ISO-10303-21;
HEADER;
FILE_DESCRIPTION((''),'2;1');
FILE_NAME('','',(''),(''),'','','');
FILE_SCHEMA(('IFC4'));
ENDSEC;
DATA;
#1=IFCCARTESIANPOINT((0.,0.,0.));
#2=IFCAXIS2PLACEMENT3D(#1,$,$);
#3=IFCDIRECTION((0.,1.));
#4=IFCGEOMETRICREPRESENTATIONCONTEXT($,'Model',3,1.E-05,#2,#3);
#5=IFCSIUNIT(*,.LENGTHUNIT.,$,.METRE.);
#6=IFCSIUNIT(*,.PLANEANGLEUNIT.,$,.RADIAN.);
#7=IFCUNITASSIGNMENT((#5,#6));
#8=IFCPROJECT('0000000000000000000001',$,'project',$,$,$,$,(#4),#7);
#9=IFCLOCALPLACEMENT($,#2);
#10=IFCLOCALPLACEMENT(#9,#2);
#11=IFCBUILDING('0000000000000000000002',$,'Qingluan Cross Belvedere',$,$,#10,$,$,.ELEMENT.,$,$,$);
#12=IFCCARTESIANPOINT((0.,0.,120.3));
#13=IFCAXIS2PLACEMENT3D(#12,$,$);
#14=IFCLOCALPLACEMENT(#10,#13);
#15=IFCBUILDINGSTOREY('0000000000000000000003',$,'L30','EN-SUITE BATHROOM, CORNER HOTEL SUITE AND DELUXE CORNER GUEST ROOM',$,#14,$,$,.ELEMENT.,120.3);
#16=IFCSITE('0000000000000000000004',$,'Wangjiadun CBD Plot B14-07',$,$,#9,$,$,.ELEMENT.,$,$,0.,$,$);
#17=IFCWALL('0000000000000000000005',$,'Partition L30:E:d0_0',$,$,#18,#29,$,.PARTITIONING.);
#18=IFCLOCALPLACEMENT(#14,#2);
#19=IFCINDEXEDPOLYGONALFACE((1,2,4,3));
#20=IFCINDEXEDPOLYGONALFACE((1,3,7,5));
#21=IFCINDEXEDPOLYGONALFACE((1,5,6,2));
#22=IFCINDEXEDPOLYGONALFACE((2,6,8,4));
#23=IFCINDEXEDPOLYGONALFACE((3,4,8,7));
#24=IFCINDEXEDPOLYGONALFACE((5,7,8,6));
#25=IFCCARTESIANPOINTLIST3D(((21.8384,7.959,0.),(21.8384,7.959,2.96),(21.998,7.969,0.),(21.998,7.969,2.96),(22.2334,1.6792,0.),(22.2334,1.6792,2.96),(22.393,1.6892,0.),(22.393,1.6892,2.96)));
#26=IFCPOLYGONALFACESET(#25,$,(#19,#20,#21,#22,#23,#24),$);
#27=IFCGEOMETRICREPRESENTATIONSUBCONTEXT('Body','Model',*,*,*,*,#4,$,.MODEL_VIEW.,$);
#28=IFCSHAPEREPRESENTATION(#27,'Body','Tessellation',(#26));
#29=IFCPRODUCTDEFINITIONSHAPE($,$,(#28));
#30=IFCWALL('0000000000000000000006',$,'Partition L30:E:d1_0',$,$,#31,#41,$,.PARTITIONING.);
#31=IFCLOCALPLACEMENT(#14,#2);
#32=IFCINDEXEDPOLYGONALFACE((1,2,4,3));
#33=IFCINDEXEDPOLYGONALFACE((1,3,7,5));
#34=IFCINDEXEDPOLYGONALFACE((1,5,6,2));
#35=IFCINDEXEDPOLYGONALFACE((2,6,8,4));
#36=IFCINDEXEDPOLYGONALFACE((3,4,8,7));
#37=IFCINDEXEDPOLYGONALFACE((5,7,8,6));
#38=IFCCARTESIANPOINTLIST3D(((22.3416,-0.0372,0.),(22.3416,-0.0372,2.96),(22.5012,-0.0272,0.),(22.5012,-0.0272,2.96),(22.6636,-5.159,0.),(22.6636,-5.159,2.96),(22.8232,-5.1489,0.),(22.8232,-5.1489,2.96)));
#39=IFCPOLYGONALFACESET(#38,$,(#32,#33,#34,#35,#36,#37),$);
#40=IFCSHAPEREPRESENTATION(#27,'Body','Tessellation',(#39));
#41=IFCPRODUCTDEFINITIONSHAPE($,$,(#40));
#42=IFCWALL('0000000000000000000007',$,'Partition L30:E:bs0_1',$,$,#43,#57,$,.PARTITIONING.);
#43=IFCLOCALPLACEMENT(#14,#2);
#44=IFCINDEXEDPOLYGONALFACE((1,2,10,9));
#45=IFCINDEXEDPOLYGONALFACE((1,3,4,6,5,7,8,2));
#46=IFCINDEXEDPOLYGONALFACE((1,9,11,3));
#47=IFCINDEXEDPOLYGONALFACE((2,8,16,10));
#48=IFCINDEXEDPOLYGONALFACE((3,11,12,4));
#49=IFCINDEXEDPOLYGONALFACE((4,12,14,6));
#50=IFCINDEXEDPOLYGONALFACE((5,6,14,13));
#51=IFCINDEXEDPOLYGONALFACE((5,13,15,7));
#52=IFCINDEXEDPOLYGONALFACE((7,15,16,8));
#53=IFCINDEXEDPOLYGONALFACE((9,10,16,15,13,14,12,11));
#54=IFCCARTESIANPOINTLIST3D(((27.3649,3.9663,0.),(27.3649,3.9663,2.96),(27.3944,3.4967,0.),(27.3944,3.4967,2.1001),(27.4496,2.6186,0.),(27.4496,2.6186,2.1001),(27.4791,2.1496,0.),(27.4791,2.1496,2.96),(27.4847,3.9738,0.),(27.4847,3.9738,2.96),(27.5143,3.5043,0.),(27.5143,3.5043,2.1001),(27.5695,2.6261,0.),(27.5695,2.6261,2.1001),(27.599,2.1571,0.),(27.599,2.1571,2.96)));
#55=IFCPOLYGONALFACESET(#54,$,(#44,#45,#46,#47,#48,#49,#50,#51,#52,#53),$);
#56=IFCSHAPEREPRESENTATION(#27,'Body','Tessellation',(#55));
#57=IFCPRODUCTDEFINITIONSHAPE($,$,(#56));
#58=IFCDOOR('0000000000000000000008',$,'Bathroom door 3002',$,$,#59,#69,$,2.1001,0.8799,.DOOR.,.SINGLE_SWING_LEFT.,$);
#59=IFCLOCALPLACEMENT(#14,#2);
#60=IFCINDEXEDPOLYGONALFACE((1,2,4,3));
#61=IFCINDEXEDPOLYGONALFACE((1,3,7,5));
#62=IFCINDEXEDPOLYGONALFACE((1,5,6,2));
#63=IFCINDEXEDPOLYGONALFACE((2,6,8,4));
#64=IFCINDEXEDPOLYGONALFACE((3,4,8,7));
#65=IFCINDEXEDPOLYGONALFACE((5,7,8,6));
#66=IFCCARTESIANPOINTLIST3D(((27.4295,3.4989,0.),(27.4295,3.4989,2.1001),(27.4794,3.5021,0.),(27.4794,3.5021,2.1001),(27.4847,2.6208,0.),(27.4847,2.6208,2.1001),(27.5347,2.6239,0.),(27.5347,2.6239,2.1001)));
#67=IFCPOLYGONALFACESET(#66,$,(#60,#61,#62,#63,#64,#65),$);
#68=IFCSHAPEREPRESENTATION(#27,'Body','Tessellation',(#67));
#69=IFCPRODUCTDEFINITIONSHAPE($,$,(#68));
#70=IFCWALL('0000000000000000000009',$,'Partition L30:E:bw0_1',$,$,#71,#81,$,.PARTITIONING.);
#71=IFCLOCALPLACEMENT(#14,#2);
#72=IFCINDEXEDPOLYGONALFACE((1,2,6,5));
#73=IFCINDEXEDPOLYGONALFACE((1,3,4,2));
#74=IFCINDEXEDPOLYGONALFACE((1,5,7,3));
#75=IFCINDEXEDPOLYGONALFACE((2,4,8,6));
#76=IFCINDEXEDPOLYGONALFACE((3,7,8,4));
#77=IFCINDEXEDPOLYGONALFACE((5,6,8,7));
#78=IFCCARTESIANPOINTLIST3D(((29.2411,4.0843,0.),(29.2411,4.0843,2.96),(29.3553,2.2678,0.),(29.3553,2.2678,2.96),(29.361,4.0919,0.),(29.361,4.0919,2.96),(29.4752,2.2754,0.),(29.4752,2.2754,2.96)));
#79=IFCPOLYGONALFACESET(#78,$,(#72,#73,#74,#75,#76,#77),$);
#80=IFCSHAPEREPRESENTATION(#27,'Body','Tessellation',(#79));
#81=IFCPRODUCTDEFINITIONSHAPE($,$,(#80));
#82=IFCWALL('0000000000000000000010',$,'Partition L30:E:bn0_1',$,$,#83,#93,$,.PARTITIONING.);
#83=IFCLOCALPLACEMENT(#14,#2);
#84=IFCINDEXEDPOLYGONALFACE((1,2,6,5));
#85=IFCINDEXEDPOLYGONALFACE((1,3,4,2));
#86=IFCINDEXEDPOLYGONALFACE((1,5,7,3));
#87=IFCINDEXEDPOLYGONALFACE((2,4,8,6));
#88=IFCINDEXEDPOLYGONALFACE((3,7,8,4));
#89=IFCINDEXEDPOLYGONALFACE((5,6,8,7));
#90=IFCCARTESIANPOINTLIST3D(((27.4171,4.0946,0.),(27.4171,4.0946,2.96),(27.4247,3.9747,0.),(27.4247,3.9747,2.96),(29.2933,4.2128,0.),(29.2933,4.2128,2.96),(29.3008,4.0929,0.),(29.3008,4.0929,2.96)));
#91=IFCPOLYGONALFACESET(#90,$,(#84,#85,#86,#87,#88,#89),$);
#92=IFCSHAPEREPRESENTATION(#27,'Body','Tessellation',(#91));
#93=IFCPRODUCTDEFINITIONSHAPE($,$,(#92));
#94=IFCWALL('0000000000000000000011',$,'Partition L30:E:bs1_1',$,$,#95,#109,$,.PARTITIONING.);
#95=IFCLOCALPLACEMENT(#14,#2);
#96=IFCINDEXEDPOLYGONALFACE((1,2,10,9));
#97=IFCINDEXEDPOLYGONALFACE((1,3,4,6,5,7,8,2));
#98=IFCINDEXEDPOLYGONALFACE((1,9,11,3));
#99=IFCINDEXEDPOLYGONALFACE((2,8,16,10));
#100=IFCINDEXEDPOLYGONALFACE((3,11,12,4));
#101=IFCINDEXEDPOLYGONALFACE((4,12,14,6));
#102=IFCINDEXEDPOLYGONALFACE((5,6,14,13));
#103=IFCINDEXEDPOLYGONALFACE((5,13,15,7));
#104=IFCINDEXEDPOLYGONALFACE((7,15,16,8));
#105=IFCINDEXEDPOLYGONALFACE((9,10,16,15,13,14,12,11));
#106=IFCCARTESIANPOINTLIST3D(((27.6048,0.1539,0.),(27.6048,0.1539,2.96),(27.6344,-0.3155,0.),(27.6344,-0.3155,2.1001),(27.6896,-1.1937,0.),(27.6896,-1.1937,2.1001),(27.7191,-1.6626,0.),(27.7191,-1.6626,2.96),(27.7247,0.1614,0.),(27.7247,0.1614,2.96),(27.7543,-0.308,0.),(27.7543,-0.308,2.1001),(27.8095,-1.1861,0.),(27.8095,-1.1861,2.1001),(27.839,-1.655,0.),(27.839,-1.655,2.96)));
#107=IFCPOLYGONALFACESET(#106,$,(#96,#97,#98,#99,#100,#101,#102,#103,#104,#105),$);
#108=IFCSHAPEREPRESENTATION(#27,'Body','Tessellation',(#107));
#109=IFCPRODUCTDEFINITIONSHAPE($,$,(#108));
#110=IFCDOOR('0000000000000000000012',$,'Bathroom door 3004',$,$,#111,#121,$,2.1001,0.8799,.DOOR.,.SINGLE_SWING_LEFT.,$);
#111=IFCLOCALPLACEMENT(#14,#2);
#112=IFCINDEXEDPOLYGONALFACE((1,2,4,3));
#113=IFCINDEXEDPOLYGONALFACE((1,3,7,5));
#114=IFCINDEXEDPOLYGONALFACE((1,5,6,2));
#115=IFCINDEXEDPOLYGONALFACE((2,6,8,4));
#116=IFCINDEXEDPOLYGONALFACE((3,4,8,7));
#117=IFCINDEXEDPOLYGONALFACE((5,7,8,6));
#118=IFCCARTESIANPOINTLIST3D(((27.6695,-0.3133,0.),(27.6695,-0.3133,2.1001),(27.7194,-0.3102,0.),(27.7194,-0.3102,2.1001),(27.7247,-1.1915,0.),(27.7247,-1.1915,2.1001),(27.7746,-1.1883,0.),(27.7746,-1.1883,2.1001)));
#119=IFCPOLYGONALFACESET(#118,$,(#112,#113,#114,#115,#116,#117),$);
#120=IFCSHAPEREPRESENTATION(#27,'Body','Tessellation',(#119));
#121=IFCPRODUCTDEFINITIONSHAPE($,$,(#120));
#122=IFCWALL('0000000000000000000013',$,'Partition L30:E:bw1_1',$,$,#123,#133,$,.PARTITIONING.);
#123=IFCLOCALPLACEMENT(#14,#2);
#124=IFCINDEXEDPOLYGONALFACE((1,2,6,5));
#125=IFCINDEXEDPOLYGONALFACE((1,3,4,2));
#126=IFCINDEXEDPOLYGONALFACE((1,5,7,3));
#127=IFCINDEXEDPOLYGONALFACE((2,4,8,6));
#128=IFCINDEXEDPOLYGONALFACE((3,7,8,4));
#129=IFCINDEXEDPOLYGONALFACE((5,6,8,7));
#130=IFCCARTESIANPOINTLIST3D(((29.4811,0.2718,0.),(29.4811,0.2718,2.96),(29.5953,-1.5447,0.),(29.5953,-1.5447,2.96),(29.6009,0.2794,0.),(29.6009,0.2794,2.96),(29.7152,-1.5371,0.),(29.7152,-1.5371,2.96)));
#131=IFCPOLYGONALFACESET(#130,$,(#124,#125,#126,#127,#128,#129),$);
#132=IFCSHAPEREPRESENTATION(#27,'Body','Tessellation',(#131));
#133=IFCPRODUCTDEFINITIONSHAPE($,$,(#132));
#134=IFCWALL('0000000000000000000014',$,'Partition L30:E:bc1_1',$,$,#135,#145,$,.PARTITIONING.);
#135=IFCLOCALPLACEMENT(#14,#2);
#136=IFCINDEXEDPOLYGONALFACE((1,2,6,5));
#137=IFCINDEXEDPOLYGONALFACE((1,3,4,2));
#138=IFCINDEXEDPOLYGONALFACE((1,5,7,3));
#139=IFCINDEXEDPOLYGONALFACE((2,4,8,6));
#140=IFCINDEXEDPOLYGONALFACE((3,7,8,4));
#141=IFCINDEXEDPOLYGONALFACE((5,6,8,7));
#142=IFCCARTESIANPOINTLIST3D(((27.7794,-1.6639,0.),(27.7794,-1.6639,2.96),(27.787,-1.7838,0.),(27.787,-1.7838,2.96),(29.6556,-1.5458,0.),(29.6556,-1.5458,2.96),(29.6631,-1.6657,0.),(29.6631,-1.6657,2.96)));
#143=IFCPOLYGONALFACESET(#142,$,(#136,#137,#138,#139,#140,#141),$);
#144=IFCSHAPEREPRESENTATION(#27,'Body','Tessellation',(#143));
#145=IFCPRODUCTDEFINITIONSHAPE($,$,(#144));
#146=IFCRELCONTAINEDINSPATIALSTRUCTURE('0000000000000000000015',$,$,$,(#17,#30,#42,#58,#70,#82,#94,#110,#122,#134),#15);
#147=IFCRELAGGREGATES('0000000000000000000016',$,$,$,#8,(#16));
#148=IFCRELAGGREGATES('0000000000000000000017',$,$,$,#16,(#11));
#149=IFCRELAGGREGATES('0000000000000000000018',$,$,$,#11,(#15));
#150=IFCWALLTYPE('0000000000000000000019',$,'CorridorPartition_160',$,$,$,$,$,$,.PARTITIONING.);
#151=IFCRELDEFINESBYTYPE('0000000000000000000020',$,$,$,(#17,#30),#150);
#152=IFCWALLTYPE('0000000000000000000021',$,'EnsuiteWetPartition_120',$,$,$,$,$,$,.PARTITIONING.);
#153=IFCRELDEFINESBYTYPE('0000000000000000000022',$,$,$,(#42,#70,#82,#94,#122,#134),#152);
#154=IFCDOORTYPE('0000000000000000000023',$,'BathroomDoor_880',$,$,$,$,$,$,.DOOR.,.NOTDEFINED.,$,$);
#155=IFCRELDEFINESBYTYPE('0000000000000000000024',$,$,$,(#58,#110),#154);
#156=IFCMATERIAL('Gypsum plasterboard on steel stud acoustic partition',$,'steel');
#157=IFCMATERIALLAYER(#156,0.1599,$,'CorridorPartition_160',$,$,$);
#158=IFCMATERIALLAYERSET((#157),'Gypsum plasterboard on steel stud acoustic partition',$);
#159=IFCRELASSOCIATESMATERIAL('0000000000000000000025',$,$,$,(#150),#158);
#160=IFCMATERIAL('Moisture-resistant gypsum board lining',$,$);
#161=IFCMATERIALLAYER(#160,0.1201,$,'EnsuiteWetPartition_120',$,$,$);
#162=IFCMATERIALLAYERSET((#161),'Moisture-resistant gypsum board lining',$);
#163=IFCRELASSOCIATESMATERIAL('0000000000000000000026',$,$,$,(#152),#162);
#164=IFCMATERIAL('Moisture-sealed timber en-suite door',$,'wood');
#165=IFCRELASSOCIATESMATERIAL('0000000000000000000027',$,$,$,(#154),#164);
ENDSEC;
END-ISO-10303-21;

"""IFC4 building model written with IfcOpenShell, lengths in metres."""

from ifc_helpers import new_model, si_unit, direction, frame, frame_2d, origin, place, context, subcontext, project, spatial, rectangle, extrude, material, layer, layer_set, type_object, element, fill, save


model = new_model("IFC4")

# Units and contexts
model_context = context("Model", 3, precision=1e-05, world=origin(), true_north=direction((0.0, 1.0)))
body_context = subcontext(model_context, "Body", "Model", "MODEL_VIEW")
ifc_project = project(units=[si_unit("LENGTHUNIT", "METRE"), si_unit("PLANEANGLEUNIT", "RADIAN")], contexts=[model_context])

# Site, building, storey
site_placement = place(None, origin())
site = spatial("IfcSite", under=ifc_project, at=site_placement, Name="Wangjiadun CBD Plot B14-07", CompositionType="ELEMENT", RefElevation=0.0)
building_placement = place(site_placement, origin())
building = spatial("IfcBuilding", under=site, at=building_placement, Name="Qingluan Cross Belvedere", CompositionType="ELEMENT")
storey_placement = place(building_placement, frame((0.0, 0.0, 120.3)))
storey = spatial("IfcBuildingStorey", under=building, at=storey_placement, Name="L30", Description="EN-SUITE BATHROOM, CORNER HOTEL SUITE AND DELUXE CORNER GUEST ROOM", CompositionType="ELEMENT", Elevation=120.3)

# Walls
ifc_material_1 = material(Name="Gypsum plasterboard on steel stud acoustic partition", Category="steel")
ifc_layer_1 = layer(ifc_material_1, 0.1599, Name="CorridorPartition_160")
ifc_layer_set_1 = layer_set([ifc_layer_1], Name="Gypsum plasterboard on steel stud acoustic partition")
wall_type_1 = type_object("IfcWallType", Name="CorridorPartition_160", PredefinedType="PARTITIONING", material=ifc_layer_set_1)
wall_1_placement = place(storey_placement, frame((22.3132, 1.6843, 0.0), z_axis=(0.0, 0.0, 1.0), x_axis=(-0.062779, 0.998027, 0.0)))
element("IfcWall", 1, at=wall_1_placement, inside=storey, type_object=wall_type_1, Name="Partition L30:E:d0_0", PredefinedType="PARTITIONING", context=body_context, shape_type="SweptSolid", body=[
    extrude(rectangle(XDim=6.2922, YDim=0.1599, at=frame_2d((3.146, 0.0))), origin(), (0.0, 0.0, 1.0), 2.96),
])
wall_2_placement = place(storey_placement, frame((22.4214, -0.0322, 0.0), z_axis=(0.0, 0.0, 1.0), x_axis=(0.062748, -0.998029, 0.0)))
element("IfcWall", 2, at=wall_2_placement, inside=storey, type_object=wall_type_1, Name="Partition L30:E:d1_0", PredefinedType="PARTITIONING", context=body_context, shape_type="SweptSolid", body=[
    extrude(rectangle(XDim=5.1318, YDim=0.1599, at=frame_2d((2.5659, 0.0))), origin(), (0.0, 0.0, 1.0), 2.96),
])

# Wall, opening, door
ifc_material_2 = material(Name="Moisture-resistant gypsum board lining")
ifc_layer_2 = layer(ifc_material_2, 0.1201, Name="EnsuiteWetPartition_120")
ifc_layer_set_2 = layer_set([ifc_layer_2], Name="Moisture-resistant gypsum board lining")
wall_type_2 = type_object("IfcWallType", Name="EnsuiteWetPartition_120", PredefinedType="PARTITIONING", material=ifc_layer_set_2)
wall_3_placement = place(storey_placement, frame((27.5391, 2.1533, 0.0), z_axis=(0.0, 0.0, 1.0), x_axis=(-0.062771, 0.998028, 0.0)))
wall_3 = element("IfcWall", 3, at=wall_3_placement, inside=storey, type_object=wall_type_2, Name="Partition L30:E:bs0_1", PredefinedType="PARTITIONING", context=body_context, shape_type="SweptSolid", body=[
    extrude(rectangle(XDim=1.8203, YDim=0.1201, at=frame_2d((0.9102, 0.0))), origin(), (0.0, 0.0, 1.0), 2.96),
])
opening_1_placement = place(wall_3_placement, frame((0.47, 0.0, 0.0)))
opening_1 = element("IfcOpeningElement", 4, at=opening_1_placement, cuts=wall_3, PredefinedType="OPENING", context=body_context, shape_type="SweptSolid", body=[
    extrude(rectangle(XDim=0.8799, YDim=2.1001, at=frame_2d((0.4399, 1.05))), frame((0.0, 0.0701, 0.0), z_axis=(0.0, -1.0, 0.0), x_axis=(1.0, 0.0, 0.0)), (0.0, 0.0, 1.0), 0.1401),
])
ifc_material_3 = material(Name="Moisture-sealed timber en-suite door", Category="wood")
door_type = type_object("IfcDoorType", Name="BathroomDoor_880", OperationType="NOTDEFINED", PredefinedType="DOOR", material=ifc_material_3)
door_1_placement = place(opening_1_placement, origin())
door_1 = element("IfcDoor", 5, at=door_1_placement, inside=storey, type_object=door_type, Name="Bathroom door 3002", OperationType="SINGLE_SWING_LEFT", OverallHeight=2.1001, OverallWidth=0.8799, PredefinedType="DOOR", context=body_context, shape_type="SweptSolid", body=[
    extrude(rectangle(XDim=0.8799, YDim=2.1001, at=frame_2d((0.4399, 1.05))), frame((0.0, 0.0249, 0.0), z_axis=(0.0, -1.0, 0.0), x_axis=(1.0, 0.0, 0.0)), (0.0, 0.0, 1.0), 0.05),
])
fill(opening_1, door_1)

# Walls
wall_4_placement = place(storey_placement, frame((29.4153, 2.2715, 0.0), z_axis=(0.0, 0.0, 1.0), x_axis=(-0.062779, 0.998027, 0.0)))
element("IfcWall", 6, at=wall_4_placement, inside=storey, type_object=wall_type_2, Name="Partition L30:E:bw0_1", PredefinedType="PARTITIONING", context=body_context, shape_type="SweptSolid", body=[
    extrude(rectangle(XDim=1.8201, YDim=0.1201, at=frame_2d((0.9102, 0.0))), origin(), (0.0, 0.0, 1.0), 2.96),
])
wall_5_placement = place(storey_placement, frame((27.4209, 4.0347, 0.0), z_axis=(0.0, 0.0, 1.0), x_axis=(0.998023, 0.062855, 0.0)))
element("IfcWall", 7, at=wall_5_placement, inside=storey, type_object=wall_type_2, Name="Partition L30:E:bn0_1", PredefinedType="PARTITIONING", context=body_context, shape_type="SweptSolid", body=[
    extrude(rectangle(XDim=1.8799, YDim=0.1201, at=frame_2d((0.9399, 0.0))), origin(), (0.0, 0.0, 1.0), 2.96),
])

# Wall, opening, door
wall_6_placement = place(storey_placement, frame((27.7791, -1.6589, 0.0), z_axis=(0.0, 0.0, 1.0), x_axis=(-0.062779, 0.998027, 0.0)))
wall_6 = element("IfcWall", 8, at=wall_6_placement, inside=storey, type_object=wall_type_2, Name="Partition L30:E:bs1_1", PredefinedType="PARTITIONING", context=body_context, shape_type="SweptSolid", body=[
    extrude(rectangle(XDim=1.8201, YDim=0.1201, at=frame_2d((0.9102, 0.0))), origin(), (0.0, 0.0, 1.0), 2.96),
])
opening_2_placement = place(wall_6_placement, frame((0.47, 0.0, 0.0)))
opening_2 = element("IfcOpeningElement", 9, at=opening_2_placement, cuts=wall_6, PredefinedType="OPENING", context=body_context, shape_type="SweptSolid", body=[
    extrude(rectangle(XDim=0.8799, YDim=2.1001, at=frame_2d((0.4399, 1.05))), frame((0.0, 0.0701, 0.0), z_axis=(0.0, -1.0, 0.0), x_axis=(1.0, 0.0, 0.0)), (0.0, 0.0, 1.0), 0.1401),
])
door_2_placement = place(opening_2_placement, origin())
door_2 = element("IfcDoor", 10, at=door_2_placement, inside=storey, type_object=door_type, Name="Bathroom door 3004", OperationType="SINGLE_SWING_LEFT", OverallHeight=2.1001, OverallWidth=0.8799, PredefinedType="DOOR", context=body_context, shape_type="SweptSolid", body=[
    extrude(rectangle(XDim=0.8799, YDim=2.1001, at=frame_2d((0.4399, 1.05))), frame((0.0, 0.0249, 0.0), z_axis=(0.0, -1.0, 0.0), x_axis=(1.0, 0.0, 0.0)), (0.0, 0.0, 1.0), 0.05),
])
fill(opening_2, door_2)

# Walls
wall_7_placement = place(storey_placement, frame((29.6553, -1.541, 0.0), z_axis=(0.0, 0.0, 1.0), x_axis=(-0.062779, 0.998027, 0.0)))
element("IfcWall", 11, at=wall_7_placement, inside=storey, type_object=wall_type_2, Name="Partition L30:E:bw1_1", PredefinedType="PARTITIONING", context=body_context, shape_type="SweptSolid", body=[
    extrude(rectangle(XDim=1.8201, YDim=0.1201, at=frame_2d((0.9102, 0.0))), origin(), (0.0, 0.0, 1.0), 2.96),
])
wall_8_placement = place(storey_placement, frame((27.7832, -1.7239, 0.0), z_axis=(0.0, 0.0, 1.0), x_axis=(0.998023, 0.062855, 0.0)))
element("IfcWall", 12, at=wall_8_placement, inside=storey, type_object=wall_type_2, Name="Partition L30:E:bc1_1", PredefinedType="PARTITIONING", context=body_context, shape_type="SweptSolid", body=[
    extrude(rectangle(XDim=1.8799, YDim=0.1201, at=frame_2d((0.9399, 0.0))), origin(), (0.0, 0.0, 1.0), 2.96),
])

save(model, "model.ifc")
